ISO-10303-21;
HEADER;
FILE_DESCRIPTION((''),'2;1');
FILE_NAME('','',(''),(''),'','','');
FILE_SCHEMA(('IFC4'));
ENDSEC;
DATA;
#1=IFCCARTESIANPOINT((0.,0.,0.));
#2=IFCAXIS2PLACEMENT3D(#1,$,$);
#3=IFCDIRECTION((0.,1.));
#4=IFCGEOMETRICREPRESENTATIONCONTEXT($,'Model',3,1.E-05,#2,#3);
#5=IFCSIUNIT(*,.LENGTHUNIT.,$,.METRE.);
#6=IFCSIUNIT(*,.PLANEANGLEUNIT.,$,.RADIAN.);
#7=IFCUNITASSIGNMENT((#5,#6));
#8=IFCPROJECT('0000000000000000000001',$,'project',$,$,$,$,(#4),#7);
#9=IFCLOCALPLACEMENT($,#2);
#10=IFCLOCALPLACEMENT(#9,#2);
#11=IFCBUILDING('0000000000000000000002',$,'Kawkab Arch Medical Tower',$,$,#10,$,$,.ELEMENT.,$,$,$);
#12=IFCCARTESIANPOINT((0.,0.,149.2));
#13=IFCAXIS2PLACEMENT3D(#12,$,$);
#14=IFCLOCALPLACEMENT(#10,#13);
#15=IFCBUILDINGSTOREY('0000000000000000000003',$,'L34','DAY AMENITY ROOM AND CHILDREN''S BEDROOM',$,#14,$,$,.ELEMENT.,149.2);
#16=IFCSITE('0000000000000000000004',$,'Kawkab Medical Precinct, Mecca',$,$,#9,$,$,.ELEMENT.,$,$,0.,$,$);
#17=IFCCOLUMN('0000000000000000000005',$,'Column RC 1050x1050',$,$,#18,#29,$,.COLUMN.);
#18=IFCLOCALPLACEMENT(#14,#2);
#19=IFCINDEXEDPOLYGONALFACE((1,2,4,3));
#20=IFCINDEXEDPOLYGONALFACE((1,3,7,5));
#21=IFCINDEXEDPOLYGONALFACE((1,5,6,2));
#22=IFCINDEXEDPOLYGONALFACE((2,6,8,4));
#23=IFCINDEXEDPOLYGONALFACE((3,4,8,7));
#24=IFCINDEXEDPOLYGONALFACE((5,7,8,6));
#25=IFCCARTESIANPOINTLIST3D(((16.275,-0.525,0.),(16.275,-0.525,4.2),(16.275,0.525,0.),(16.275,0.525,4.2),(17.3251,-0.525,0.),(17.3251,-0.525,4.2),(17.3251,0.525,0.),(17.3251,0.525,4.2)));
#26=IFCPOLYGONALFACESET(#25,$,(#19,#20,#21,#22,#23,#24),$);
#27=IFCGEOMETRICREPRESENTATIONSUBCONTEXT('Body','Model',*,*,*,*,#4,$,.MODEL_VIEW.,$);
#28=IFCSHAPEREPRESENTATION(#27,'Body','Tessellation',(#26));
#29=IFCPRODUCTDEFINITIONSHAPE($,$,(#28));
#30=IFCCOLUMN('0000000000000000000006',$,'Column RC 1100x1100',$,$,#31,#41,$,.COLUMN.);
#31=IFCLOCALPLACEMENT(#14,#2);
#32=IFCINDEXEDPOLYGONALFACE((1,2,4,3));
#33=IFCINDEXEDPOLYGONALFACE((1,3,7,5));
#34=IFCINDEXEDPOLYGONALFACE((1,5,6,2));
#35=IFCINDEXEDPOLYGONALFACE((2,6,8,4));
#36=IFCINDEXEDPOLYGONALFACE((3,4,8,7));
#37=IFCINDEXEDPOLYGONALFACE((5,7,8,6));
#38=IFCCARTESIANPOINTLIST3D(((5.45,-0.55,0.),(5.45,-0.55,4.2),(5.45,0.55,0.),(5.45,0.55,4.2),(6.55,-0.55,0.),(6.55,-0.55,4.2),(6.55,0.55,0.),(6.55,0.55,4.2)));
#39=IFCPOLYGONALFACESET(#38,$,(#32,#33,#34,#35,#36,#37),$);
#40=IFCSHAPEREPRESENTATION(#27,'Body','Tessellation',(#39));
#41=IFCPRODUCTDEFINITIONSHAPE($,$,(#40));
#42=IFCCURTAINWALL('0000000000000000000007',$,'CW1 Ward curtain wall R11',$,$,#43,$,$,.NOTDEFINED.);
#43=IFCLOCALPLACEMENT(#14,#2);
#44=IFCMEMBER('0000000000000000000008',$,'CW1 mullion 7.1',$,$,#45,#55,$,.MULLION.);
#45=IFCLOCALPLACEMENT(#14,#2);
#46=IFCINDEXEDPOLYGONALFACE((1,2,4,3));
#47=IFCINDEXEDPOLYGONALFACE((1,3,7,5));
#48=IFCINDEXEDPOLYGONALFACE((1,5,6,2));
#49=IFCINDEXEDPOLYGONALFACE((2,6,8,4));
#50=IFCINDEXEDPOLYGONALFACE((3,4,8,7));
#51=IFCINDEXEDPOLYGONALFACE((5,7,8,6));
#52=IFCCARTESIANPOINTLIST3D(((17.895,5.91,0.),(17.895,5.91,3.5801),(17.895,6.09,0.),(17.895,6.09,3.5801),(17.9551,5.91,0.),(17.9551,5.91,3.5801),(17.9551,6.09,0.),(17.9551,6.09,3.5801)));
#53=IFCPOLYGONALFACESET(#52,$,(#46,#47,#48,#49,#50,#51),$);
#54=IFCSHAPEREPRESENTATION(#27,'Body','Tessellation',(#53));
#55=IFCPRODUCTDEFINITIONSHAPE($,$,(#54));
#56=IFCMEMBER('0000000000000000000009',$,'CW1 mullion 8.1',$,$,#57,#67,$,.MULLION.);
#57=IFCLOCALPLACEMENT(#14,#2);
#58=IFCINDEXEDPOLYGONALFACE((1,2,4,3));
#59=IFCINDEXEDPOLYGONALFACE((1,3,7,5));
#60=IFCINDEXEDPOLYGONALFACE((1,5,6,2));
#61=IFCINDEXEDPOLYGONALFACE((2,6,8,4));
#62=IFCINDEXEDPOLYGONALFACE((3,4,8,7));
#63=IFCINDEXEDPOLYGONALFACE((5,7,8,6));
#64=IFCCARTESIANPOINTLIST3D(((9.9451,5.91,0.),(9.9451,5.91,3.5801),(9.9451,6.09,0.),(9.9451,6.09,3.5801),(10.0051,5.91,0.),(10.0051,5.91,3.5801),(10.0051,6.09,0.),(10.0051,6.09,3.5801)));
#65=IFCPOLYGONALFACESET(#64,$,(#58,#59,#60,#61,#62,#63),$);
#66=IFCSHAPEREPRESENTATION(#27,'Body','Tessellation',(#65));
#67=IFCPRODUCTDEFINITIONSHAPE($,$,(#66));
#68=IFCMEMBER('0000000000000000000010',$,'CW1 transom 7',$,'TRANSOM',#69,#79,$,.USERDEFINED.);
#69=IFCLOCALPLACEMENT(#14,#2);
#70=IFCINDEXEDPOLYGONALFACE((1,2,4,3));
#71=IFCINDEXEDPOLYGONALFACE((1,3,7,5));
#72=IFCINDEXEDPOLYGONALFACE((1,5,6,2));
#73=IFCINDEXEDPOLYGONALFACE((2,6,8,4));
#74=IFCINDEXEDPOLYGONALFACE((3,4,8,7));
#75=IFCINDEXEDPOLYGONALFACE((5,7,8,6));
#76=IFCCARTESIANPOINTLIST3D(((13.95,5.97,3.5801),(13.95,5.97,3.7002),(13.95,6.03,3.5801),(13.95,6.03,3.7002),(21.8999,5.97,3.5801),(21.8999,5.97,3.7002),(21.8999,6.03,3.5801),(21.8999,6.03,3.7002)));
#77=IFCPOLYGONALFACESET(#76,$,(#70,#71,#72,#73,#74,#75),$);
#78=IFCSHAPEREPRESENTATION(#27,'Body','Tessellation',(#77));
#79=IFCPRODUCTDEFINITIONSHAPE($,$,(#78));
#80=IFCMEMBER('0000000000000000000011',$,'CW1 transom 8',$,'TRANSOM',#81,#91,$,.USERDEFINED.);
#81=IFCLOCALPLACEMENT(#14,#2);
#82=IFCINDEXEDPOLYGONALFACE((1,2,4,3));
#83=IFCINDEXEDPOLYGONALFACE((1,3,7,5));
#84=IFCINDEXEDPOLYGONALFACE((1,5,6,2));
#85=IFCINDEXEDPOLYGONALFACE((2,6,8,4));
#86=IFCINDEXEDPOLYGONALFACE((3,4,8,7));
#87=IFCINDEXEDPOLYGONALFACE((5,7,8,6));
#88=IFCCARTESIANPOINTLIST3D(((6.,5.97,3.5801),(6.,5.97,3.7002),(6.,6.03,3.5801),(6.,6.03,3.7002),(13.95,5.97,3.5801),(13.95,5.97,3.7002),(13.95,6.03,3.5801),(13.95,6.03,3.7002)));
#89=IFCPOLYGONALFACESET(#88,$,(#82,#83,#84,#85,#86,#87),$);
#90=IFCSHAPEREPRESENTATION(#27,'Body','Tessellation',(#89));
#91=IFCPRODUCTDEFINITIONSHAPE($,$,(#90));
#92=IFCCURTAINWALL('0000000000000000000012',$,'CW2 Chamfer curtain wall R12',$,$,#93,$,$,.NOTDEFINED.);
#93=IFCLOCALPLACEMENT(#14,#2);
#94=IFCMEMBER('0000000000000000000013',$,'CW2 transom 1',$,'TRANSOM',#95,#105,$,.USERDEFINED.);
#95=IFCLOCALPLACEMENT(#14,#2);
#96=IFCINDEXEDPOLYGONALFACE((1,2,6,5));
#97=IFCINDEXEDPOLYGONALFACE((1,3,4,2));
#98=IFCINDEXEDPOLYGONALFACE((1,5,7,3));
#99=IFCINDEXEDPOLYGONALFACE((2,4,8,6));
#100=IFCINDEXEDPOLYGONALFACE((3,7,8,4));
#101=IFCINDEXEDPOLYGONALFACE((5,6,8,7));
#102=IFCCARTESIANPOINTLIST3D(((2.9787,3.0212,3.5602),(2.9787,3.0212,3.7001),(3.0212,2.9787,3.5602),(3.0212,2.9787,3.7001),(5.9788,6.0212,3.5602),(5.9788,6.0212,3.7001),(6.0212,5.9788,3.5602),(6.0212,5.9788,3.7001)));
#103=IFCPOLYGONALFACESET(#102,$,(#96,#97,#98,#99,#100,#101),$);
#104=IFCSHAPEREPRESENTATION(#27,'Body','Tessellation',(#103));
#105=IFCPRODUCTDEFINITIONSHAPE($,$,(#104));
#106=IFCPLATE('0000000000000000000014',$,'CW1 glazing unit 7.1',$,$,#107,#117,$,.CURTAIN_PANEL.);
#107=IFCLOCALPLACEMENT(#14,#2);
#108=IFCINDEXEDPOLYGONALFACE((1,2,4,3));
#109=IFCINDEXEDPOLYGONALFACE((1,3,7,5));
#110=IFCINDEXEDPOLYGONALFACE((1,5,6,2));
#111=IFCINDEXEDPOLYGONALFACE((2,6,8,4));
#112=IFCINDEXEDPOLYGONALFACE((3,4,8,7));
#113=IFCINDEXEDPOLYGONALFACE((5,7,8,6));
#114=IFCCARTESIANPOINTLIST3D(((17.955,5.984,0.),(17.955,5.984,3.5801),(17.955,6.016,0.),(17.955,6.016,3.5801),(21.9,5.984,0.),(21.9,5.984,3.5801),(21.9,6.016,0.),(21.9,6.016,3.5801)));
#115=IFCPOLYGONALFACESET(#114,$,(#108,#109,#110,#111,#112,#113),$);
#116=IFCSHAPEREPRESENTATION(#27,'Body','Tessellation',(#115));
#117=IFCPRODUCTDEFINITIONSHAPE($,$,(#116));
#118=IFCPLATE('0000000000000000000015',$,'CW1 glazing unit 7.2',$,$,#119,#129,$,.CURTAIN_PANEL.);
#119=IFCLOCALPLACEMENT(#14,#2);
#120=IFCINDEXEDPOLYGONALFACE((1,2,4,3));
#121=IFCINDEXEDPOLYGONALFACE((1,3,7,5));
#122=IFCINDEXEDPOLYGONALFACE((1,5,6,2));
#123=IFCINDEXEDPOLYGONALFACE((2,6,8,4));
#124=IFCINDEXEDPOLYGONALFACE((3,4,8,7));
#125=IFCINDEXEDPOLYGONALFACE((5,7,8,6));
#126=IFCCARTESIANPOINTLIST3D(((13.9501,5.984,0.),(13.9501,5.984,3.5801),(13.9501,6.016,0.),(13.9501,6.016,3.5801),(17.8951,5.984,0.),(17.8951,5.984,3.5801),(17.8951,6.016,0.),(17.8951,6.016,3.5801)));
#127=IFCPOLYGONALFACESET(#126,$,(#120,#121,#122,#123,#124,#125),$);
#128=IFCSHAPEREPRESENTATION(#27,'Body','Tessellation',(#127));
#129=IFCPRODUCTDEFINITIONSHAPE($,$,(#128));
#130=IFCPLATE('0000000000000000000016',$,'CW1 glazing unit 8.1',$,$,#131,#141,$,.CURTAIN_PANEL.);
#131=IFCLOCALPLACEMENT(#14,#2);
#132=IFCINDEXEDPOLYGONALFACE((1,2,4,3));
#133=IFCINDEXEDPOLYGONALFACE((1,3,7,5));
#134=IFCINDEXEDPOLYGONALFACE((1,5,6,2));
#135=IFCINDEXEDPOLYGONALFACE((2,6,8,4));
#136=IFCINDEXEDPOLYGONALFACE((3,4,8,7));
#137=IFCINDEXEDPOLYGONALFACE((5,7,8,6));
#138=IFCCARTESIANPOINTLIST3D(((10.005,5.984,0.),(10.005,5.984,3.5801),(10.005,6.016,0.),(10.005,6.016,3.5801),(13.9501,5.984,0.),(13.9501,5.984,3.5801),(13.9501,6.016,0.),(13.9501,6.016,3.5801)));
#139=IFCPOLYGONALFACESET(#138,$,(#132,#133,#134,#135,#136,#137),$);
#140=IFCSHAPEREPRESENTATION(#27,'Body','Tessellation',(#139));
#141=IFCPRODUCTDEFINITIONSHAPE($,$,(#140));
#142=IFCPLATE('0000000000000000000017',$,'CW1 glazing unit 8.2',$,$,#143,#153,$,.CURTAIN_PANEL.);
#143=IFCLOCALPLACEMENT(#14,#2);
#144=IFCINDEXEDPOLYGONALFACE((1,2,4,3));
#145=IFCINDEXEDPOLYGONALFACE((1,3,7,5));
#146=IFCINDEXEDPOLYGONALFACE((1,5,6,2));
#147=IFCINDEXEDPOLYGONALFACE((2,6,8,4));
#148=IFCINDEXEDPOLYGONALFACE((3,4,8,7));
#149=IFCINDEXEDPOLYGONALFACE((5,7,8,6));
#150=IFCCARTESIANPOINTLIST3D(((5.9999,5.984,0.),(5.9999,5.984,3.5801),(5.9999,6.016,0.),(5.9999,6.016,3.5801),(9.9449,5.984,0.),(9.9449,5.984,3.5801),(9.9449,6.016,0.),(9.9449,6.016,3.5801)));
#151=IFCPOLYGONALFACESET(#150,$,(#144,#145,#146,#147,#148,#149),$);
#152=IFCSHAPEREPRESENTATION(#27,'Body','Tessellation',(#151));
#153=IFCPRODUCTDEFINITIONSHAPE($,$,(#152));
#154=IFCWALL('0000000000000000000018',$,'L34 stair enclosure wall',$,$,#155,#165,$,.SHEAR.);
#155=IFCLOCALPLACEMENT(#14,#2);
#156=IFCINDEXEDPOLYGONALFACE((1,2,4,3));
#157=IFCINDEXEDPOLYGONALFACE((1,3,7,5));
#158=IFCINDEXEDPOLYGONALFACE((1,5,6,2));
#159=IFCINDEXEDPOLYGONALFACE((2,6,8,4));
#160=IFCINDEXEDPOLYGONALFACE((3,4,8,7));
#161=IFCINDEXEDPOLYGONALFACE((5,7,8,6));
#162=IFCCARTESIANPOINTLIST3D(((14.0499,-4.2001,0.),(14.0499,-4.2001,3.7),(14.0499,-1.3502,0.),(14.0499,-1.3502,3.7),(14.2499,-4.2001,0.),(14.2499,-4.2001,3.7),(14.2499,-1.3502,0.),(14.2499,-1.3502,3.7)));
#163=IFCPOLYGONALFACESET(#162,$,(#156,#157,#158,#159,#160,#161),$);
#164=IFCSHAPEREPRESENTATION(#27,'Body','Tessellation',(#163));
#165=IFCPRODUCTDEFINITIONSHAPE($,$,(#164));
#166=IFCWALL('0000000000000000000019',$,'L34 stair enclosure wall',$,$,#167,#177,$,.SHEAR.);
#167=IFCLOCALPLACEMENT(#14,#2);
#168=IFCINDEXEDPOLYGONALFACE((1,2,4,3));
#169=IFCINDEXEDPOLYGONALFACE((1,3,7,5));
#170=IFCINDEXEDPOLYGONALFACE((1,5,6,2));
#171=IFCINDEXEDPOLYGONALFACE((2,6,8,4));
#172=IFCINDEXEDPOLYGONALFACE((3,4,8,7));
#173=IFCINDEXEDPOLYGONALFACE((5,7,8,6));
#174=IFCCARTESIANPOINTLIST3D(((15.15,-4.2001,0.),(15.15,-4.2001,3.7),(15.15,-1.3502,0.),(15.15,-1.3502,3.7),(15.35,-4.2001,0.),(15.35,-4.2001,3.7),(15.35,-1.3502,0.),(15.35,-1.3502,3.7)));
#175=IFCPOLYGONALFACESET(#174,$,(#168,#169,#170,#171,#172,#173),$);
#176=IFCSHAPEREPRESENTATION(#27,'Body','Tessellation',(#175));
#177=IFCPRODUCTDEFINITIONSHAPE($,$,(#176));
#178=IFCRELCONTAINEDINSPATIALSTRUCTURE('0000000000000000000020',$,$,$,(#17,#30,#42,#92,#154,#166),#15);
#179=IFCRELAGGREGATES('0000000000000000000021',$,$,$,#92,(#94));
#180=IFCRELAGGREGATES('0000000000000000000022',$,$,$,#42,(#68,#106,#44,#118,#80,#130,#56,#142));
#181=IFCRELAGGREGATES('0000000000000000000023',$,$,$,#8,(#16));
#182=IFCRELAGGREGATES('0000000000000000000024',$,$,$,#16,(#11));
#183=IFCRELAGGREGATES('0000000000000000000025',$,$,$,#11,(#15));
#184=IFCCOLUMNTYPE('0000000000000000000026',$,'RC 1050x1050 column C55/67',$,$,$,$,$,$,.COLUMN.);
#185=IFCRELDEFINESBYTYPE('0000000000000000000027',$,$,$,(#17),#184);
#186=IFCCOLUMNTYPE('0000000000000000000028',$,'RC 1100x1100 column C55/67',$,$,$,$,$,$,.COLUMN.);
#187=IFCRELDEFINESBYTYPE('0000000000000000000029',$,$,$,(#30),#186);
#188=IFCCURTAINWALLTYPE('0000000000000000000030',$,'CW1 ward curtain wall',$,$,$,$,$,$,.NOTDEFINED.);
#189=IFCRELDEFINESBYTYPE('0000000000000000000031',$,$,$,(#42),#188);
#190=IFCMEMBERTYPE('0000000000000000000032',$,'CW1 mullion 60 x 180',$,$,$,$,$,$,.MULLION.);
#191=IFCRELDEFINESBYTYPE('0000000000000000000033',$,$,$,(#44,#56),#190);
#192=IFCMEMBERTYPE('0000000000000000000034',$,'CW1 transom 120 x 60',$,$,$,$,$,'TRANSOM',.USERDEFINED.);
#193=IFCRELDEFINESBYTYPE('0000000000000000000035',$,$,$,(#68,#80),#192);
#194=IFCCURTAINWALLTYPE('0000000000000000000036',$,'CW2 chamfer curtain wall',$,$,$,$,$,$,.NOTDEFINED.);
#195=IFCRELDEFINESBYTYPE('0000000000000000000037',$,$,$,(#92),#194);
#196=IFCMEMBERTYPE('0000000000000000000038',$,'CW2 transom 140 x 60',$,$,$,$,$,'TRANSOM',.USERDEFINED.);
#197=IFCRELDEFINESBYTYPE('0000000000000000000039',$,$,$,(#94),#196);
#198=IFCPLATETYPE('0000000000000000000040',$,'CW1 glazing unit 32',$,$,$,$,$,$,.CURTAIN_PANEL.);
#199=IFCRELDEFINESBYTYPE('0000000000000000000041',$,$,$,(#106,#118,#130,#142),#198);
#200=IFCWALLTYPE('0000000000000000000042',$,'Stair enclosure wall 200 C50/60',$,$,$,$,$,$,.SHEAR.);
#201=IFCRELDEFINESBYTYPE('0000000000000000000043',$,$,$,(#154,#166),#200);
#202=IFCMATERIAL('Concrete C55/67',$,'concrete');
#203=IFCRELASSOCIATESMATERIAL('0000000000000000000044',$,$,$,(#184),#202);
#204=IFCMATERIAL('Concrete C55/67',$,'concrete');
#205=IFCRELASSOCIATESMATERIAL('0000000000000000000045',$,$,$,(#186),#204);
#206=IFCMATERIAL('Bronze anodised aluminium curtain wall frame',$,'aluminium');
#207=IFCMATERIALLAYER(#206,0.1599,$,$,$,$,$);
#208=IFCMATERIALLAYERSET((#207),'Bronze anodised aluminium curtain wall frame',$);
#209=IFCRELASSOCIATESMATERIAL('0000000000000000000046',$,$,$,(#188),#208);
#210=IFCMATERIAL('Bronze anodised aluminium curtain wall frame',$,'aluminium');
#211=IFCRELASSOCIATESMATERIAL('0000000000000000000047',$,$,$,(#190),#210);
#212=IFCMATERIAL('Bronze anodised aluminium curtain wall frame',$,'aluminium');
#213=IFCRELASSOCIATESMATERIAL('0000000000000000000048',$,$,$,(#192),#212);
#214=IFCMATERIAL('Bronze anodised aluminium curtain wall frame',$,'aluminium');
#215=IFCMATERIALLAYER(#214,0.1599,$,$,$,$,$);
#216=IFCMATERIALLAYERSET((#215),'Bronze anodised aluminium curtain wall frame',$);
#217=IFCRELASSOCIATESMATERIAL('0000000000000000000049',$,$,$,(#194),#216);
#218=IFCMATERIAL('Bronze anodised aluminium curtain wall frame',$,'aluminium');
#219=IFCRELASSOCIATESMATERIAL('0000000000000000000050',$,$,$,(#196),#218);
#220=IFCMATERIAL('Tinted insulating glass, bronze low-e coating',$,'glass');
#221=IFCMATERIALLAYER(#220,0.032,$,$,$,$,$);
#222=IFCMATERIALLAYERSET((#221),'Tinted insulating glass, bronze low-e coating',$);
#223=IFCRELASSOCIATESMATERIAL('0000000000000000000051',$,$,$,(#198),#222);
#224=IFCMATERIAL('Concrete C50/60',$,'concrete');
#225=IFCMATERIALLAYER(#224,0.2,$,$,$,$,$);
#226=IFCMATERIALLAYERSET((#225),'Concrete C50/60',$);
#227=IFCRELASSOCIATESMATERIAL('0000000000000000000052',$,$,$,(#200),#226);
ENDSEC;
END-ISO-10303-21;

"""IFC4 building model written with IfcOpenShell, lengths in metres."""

from ifc_helpers import new_model, si_unit, direction, frame, frame_2d, origin, origin_2d, place, context, subcontext, project, spatial, rectangle, extrude, material, layer, layer_set, material_profile, profile_set, type_object, element, aggregate, save


model = new_model("IFC4")

# Units and contexts
model_context = context("Model", 3, precision=1e-05, world=origin(), true_north=direction((0.0, 1.0)))
body_context = subcontext(model_context, "Body", "Model", "MODEL_VIEW")
ifc_project = project(units=[si_unit("LENGTHUNIT", "METRE"), si_unit("PLANEANGLEUNIT", "RADIAN")], contexts=[model_context])

# Site, building, storey
site_placement = place(None, origin())
site = spatial("IfcSite", under=ifc_project, at=site_placement, Name="Kawkab Medical Precinct, Mecca", CompositionType="ELEMENT", RefElevation=0.0)
building_placement = place(site_placement, origin())
building = spatial("IfcBuilding", under=site, at=building_placement, Name="Kawkab Arch Medical Tower", CompositionType="ELEMENT")
storey_placement = place(building_placement, frame((0.0, 0.0, 149.2)))
storey = spatial("IfcBuildingStorey", under=building, at=storey_placement, Name="L34", Description="DAY AMENITY ROOM AND CHILDREN'S BEDROOM", CompositionType="ELEMENT", Elevation=149.2)

# Columns
ifc_material_1 = material(Name="Concrete C55/67", Category="concrete")
ifc_material_profile_1 = material_profile(ifc_material_1, rectangle(XDim=1.05, YDim=1.05, at=origin_2d()), Name="RC 1050x1050")
ifc_profile_set_1 = profile_set([ifc_material_profile_1], Name="Concrete C55/67")
column_type_1 = type_object("IfcColumnType", Name="RC 1050x1050 column C55/67", PredefinedType="COLUMN", material=ifc_profile_set_1)
column_1_placement = place(storey_placement, frame((16.8, 0.0, 0.0), z_axis=(0.0, 0.0, 1.0), x_axis=(1.0, 0.0, 0.0)))
element("IfcColumn", 1, at=column_1_placement, inside=storey, type_object=column_type_1, Name="Column RC 1050x1050", PredefinedType="COLUMN", context=body_context, shape_type="SweptSolid", body=[
    extrude(rectangle(XDim=1.05, YDim=1.05, at=origin_2d()), origin(), (0.0, 0.0, 1.0), 4.2),
])
ifc_material_2 = material(Name="Concrete C55/67", Category="concrete")
ifc_material_profile_2 = material_profile(ifc_material_2, rectangle(XDim=1.1001, YDim=1.1001, at=origin_2d()), Name="RC 1100x1100")
ifc_profile_set_2 = profile_set([ifc_material_profile_2], Name="Concrete C55/67")
column_type_2 = type_object("IfcColumnType", Name="RC 1100x1100 column C55/67", PredefinedType="COLUMN", material=ifc_profile_set_2)
column_2_placement = place(storey_placement, frame((6.0, 0.0, 0.0), z_axis=(0.0, 0.0, 1.0), x_axis=(1.0, 0.0, 0.0)))
element("IfcColumn", 2, at=column_2_placement, inside=storey, type_object=column_type_2, Name="Column RC 1100x1100", PredefinedType="COLUMN", context=body_context, shape_type="SweptSolid", body=[
    extrude(rectangle(XDim=1.1001, YDim=1.1001, at=origin_2d()), origin(), (0.0, 0.0, 1.0), 4.2),
])

# Curtain wall, members
ifc_material_3 = material(Name="Bronze anodised aluminium curtain wall frame", Category="aluminium")
ifc_layer_1 = layer(ifc_material_3, 0.1599)
ifc_layer_set_1 = layer_set([ifc_layer_1], Name="Bronze anodised aluminium curtain wall frame")
curtain_wall_type_1 = type_object("IfcCurtainWallType", Name="CW1 ward curtain wall", PredefinedType="NOTDEFINED", material=ifc_layer_set_1)
placement = place(storey_placement, origin())
curtain_wall_1 = element("IfcCurtainWall", 3, at=placement, inside=storey, type_object=curtain_wall_type_1, Name="CW1 Ward curtain wall R11", PredefinedType="NOTDEFINED")
ifc_material_4 = material(Name="Bronze anodised aluminium curtain wall frame", Category="aluminium")
ifc_material_profile_3 = material_profile(ifc_material_4, rectangle(XDim=0.1799, YDim=0.0601, at=origin_2d()), Name="AL 60x180")
ifc_profile_set_3 = profile_set([ifc_material_profile_3], Name="Bronze anodised aluminium curtain wall frame")
member_type_1 = type_object("IfcMemberType", Name="CW1 mullion 60 x 180", PredefinedType="MULLION", material=ifc_profile_set_3)
member_1_placement = place(storey_placement, frame((17.925, 6.0, 0.0), z_axis=(0.0, 0.0, 1.0), x_axis=(0.0, -1.0, 0.0)))
member_1 = element("IfcMember", 4, at=member_1_placement, type_object=member_type_1, Name="CW1 mullion 7.1", PredefinedType="MULLION", context=body_context, shape_type="SweptSolid", body=[
    extrude(rectangle(XDim=0.1799, YDim=0.0601, at=origin_2d()), origin(), (0.0, 0.0, 1.0), 3.5801),
])
member_2_placement = place(storey_placement, frame((9.9751, 6.0, 0.0), z_axis=(0.0, 0.0, 1.0), x_axis=(0.0, -1.0, 0.0)))
member_2 = element("IfcMember", 5, at=member_2_placement, type_object=member_type_1, Name="CW1 mullion 8.1", PredefinedType="MULLION", context=body_context, shape_type="SweptSolid", body=[
    extrude(rectangle(XDim=0.1799, YDim=0.0601, at=origin_2d()), origin(), (0.0, 0.0, 1.0), 3.5801),
])
ifc_material_5 = material(Name="Bronze anodised aluminium curtain wall frame", Category="aluminium")
ifc_material_profile_4 = material_profile(ifc_material_5, rectangle(XDim=0.0601, YDim=0.1201, at=origin_2d()), Name="AL 60x120")
ifc_profile_set_4 = profile_set([ifc_material_profile_4], Name="Bronze anodised aluminium curtain wall frame")
member_type_2 = type_object("IfcMemberType", Name="CW1 transom 120 x 60", ElementType="TRANSOM", PredefinedType="USERDEFINED", material=ifc_profile_set_4)
member_3_placement = place(storey_placement, frame((21.8999, 6.0, 3.6401), z_axis=(-1.0, 0.0, 0.0), x_axis=(0.0, -1.0, 0.0)))
member_3 = element("IfcMember", 6, at=member_3_placement, type_object=member_type_2, Name="CW1 transom 7", ObjectType="TRANSOM", PredefinedType="USERDEFINED", context=body_context, shape_type="SweptSolid", body=[
    extrude(rectangle(XDim=0.0601, YDim=0.1201, at=origin_2d()), origin(), (0.0, 0.0, 1.0), 7.95),
])
member_4_placement = place(storey_placement, frame((13.95, 6.0, 3.6401), z_axis=(-1.0, 0.0, 0.0), x_axis=(0.0, -1.0, 0.0)))
member_4 = element("IfcMember", 7, at=member_4_placement, type_object=member_type_2, Name="CW1 transom 8", ObjectType="TRANSOM", PredefinedType="USERDEFINED", context=body_context, shape_type="SweptSolid", body=[
    extrude(rectangle(XDim=0.0601, YDim=0.1201, at=origin_2d()), origin(), (0.0, 0.0, 1.0), 7.95),
])

# Curtain wall, member
ifc_material_6 = material(Name="Bronze anodised aluminium curtain wall frame", Category="aluminium")
ifc_layer_2 = layer(ifc_material_6, 0.1599)
ifc_layer_set_2 = layer_set([ifc_layer_2], Name="Bronze anodised aluminium curtain wall frame")
curtain_wall_type_2 = type_object("IfcCurtainWallType", Name="CW2 chamfer curtain wall", PredefinedType="NOTDEFINED", material=ifc_layer_set_2)
curtain_wall_2 = element("IfcCurtainWall", 8, at=placement, inside=storey, type_object=curtain_wall_type_2, Name="CW2 Chamfer curtain wall R12", PredefinedType="NOTDEFINED")
ifc_material_7 = material(Name="Bronze anodised aluminium curtain wall frame", Category="aluminium")
ifc_material_profile_5 = material_profile(ifc_material_7, rectangle(XDim=0.0601, YDim=0.1399, at=origin_2d()), Name="AL 60x140")
ifc_profile_set_5 = profile_set([ifc_material_profile_5], Name="Bronze anodised aluminium curtain wall frame")
member_type_3 = type_object("IfcMemberType", Name="CW2 transom 140 x 60", ElementType="TRANSOM", PredefinedType="USERDEFINED", material=ifc_profile_set_5)
member_5_placement = place(storey_placement, frame((6.0, 6.0, 3.6301), z_axis=(-0.707107, -0.707107, 0.0), x_axis=(0.707107, -0.707107, 0.0)))
member_5 = element("IfcMember", 9, at=member_5_placement, type_object=member_type_3, Name="CW2 transom 1", ObjectType="TRANSOM", PredefinedType="USERDEFINED", context=body_context, shape_type="SweptSolid", body=[
    extrude(rectangle(XDim=0.0601, YDim=0.1399, at=origin_2d()), origin(), (0.0, 0.0, 1.0), 4.2427),
])
aggregate(curtain_wall_2, [member_5])

# Plates
ifc_material_8 = material(Name="Tinted insulating glass, bronze low-e coating", Category="glass")
ifc_layer_3 = layer(ifc_material_8, 0.032)
ifc_layer_set_3 = layer_set([ifc_layer_3], Name="Tinted insulating glass, bronze low-e coating")
plate_type = type_object("IfcPlateType", Name="CW1 glazing unit 32", PredefinedType="CURTAIN_PANEL", material=ifc_layer_set_3)
plate_1_placement = place(storey_placement, frame((19.9275, 6.0, 0.0), z_axis=(0.0, 0.0, 1.0), x_axis=(-1.0, 0.0, 0.0)))
plate_1 = element("IfcPlate", 10, at=plate_1_placement, type_object=plate_type, Name="CW1 glazing unit 7.1", PredefinedType="CURTAIN_PANEL", context=body_context, shape_type="SweptSolid", body=[
    extrude(rectangle(XDim=3.9451, YDim=0.032, at=origin_2d()), origin(), (0.0, 0.0, 1.0), 3.5801),
])
plate_2_placement = place(storey_placement, frame((15.9226, 6.0, 0.0), z_axis=(0.0, 0.0, 1.0), x_axis=(-1.0, 0.0, 0.0)))
plate_2 = element("IfcPlate", 11, at=plate_2_placement, type_object=plate_type, Name="CW1 glazing unit 7.2", PredefinedType="CURTAIN_PANEL", context=body_context, shape_type="SweptSolid", body=[
    extrude(rectangle(XDim=3.9451, YDim=0.032, at=origin_2d()), origin(), (0.0, 0.0, 1.0), 3.5801),
])
plate_3_placement = place(storey_placement, frame((11.9775, 6.0, 0.0), z_axis=(0.0, 0.0, 1.0), x_axis=(-1.0, 0.0, 0.0)))
plate_3 = element("IfcPlate", 12, at=plate_3_placement, type_object=plate_type, Name="CW1 glazing unit 8.1", PredefinedType="CURTAIN_PANEL", context=body_context, shape_type="SweptSolid", body=[
    extrude(rectangle(XDim=3.9451, YDim=0.032, at=origin_2d()), origin(), (0.0, 0.0, 1.0), 3.5801),
])
plate_4_placement = place(storey_placement, frame((7.9724, 6.0, 0.0), z_axis=(0.0, 0.0, 1.0), x_axis=(-1.0, 0.0, 0.0)))
plate_4 = element("IfcPlate", 13, at=plate_4_placement, type_object=plate_type, Name="CW1 glazing unit 8.2", PredefinedType="CURTAIN_PANEL", context=body_context, shape_type="SweptSolid", body=[
    extrude(rectangle(XDim=3.9451, YDim=0.032, at=origin_2d()), origin(), (0.0, 0.0, 1.0), 3.5801),
])
aggregate(curtain_wall_1, [member_3, plate_1, member_1, plate_2, member_4, plate_3, member_2, plate_4])

# Walls
ifc_material_9 = material(Name="Concrete C50/60", Category="concrete")
ifc_layer_4 = layer(ifc_material_9, 0.2)
ifc_layer_set_4 = layer_set([ifc_layer_4], Name="Concrete C50/60")
wall_type_1 = type_object("IfcWallType", Name="Stair enclosure wall 200 C50/60", PredefinedType="SHEAR", material=ifc_layer_set_4)
for number, where, z_axis, x_axis, name in (
    (14, (14.1499, -4.2, 0.0), (0.0, 0.0, 1.0), (0.0, 1.0, 0.0), "L34 stair enclosure wall"),
    (15, (15.25, -4.2, 0.0), (0.0, 0.0, 1.0), (0.0, 1.0, 0.0), "L34 stair enclosure wall"),
):
    element("IfcWall", number, at=place(storey_placement, frame(where, z_axis=z_axis, x_axis=x_axis)), inside=storey, type_object=wall_type_1, Name=name, PredefinedType="SHEAR", context=body_context, shape_type="SweptSolid", body=[
        extrude(rectangle(XDim=2.8499, YDim=0.2, at=frame_2d((1.4248, 0.0))), origin(), (0.0, 0.0, 1.0), 3.7),
    ])

save(model, "model.ifc")
